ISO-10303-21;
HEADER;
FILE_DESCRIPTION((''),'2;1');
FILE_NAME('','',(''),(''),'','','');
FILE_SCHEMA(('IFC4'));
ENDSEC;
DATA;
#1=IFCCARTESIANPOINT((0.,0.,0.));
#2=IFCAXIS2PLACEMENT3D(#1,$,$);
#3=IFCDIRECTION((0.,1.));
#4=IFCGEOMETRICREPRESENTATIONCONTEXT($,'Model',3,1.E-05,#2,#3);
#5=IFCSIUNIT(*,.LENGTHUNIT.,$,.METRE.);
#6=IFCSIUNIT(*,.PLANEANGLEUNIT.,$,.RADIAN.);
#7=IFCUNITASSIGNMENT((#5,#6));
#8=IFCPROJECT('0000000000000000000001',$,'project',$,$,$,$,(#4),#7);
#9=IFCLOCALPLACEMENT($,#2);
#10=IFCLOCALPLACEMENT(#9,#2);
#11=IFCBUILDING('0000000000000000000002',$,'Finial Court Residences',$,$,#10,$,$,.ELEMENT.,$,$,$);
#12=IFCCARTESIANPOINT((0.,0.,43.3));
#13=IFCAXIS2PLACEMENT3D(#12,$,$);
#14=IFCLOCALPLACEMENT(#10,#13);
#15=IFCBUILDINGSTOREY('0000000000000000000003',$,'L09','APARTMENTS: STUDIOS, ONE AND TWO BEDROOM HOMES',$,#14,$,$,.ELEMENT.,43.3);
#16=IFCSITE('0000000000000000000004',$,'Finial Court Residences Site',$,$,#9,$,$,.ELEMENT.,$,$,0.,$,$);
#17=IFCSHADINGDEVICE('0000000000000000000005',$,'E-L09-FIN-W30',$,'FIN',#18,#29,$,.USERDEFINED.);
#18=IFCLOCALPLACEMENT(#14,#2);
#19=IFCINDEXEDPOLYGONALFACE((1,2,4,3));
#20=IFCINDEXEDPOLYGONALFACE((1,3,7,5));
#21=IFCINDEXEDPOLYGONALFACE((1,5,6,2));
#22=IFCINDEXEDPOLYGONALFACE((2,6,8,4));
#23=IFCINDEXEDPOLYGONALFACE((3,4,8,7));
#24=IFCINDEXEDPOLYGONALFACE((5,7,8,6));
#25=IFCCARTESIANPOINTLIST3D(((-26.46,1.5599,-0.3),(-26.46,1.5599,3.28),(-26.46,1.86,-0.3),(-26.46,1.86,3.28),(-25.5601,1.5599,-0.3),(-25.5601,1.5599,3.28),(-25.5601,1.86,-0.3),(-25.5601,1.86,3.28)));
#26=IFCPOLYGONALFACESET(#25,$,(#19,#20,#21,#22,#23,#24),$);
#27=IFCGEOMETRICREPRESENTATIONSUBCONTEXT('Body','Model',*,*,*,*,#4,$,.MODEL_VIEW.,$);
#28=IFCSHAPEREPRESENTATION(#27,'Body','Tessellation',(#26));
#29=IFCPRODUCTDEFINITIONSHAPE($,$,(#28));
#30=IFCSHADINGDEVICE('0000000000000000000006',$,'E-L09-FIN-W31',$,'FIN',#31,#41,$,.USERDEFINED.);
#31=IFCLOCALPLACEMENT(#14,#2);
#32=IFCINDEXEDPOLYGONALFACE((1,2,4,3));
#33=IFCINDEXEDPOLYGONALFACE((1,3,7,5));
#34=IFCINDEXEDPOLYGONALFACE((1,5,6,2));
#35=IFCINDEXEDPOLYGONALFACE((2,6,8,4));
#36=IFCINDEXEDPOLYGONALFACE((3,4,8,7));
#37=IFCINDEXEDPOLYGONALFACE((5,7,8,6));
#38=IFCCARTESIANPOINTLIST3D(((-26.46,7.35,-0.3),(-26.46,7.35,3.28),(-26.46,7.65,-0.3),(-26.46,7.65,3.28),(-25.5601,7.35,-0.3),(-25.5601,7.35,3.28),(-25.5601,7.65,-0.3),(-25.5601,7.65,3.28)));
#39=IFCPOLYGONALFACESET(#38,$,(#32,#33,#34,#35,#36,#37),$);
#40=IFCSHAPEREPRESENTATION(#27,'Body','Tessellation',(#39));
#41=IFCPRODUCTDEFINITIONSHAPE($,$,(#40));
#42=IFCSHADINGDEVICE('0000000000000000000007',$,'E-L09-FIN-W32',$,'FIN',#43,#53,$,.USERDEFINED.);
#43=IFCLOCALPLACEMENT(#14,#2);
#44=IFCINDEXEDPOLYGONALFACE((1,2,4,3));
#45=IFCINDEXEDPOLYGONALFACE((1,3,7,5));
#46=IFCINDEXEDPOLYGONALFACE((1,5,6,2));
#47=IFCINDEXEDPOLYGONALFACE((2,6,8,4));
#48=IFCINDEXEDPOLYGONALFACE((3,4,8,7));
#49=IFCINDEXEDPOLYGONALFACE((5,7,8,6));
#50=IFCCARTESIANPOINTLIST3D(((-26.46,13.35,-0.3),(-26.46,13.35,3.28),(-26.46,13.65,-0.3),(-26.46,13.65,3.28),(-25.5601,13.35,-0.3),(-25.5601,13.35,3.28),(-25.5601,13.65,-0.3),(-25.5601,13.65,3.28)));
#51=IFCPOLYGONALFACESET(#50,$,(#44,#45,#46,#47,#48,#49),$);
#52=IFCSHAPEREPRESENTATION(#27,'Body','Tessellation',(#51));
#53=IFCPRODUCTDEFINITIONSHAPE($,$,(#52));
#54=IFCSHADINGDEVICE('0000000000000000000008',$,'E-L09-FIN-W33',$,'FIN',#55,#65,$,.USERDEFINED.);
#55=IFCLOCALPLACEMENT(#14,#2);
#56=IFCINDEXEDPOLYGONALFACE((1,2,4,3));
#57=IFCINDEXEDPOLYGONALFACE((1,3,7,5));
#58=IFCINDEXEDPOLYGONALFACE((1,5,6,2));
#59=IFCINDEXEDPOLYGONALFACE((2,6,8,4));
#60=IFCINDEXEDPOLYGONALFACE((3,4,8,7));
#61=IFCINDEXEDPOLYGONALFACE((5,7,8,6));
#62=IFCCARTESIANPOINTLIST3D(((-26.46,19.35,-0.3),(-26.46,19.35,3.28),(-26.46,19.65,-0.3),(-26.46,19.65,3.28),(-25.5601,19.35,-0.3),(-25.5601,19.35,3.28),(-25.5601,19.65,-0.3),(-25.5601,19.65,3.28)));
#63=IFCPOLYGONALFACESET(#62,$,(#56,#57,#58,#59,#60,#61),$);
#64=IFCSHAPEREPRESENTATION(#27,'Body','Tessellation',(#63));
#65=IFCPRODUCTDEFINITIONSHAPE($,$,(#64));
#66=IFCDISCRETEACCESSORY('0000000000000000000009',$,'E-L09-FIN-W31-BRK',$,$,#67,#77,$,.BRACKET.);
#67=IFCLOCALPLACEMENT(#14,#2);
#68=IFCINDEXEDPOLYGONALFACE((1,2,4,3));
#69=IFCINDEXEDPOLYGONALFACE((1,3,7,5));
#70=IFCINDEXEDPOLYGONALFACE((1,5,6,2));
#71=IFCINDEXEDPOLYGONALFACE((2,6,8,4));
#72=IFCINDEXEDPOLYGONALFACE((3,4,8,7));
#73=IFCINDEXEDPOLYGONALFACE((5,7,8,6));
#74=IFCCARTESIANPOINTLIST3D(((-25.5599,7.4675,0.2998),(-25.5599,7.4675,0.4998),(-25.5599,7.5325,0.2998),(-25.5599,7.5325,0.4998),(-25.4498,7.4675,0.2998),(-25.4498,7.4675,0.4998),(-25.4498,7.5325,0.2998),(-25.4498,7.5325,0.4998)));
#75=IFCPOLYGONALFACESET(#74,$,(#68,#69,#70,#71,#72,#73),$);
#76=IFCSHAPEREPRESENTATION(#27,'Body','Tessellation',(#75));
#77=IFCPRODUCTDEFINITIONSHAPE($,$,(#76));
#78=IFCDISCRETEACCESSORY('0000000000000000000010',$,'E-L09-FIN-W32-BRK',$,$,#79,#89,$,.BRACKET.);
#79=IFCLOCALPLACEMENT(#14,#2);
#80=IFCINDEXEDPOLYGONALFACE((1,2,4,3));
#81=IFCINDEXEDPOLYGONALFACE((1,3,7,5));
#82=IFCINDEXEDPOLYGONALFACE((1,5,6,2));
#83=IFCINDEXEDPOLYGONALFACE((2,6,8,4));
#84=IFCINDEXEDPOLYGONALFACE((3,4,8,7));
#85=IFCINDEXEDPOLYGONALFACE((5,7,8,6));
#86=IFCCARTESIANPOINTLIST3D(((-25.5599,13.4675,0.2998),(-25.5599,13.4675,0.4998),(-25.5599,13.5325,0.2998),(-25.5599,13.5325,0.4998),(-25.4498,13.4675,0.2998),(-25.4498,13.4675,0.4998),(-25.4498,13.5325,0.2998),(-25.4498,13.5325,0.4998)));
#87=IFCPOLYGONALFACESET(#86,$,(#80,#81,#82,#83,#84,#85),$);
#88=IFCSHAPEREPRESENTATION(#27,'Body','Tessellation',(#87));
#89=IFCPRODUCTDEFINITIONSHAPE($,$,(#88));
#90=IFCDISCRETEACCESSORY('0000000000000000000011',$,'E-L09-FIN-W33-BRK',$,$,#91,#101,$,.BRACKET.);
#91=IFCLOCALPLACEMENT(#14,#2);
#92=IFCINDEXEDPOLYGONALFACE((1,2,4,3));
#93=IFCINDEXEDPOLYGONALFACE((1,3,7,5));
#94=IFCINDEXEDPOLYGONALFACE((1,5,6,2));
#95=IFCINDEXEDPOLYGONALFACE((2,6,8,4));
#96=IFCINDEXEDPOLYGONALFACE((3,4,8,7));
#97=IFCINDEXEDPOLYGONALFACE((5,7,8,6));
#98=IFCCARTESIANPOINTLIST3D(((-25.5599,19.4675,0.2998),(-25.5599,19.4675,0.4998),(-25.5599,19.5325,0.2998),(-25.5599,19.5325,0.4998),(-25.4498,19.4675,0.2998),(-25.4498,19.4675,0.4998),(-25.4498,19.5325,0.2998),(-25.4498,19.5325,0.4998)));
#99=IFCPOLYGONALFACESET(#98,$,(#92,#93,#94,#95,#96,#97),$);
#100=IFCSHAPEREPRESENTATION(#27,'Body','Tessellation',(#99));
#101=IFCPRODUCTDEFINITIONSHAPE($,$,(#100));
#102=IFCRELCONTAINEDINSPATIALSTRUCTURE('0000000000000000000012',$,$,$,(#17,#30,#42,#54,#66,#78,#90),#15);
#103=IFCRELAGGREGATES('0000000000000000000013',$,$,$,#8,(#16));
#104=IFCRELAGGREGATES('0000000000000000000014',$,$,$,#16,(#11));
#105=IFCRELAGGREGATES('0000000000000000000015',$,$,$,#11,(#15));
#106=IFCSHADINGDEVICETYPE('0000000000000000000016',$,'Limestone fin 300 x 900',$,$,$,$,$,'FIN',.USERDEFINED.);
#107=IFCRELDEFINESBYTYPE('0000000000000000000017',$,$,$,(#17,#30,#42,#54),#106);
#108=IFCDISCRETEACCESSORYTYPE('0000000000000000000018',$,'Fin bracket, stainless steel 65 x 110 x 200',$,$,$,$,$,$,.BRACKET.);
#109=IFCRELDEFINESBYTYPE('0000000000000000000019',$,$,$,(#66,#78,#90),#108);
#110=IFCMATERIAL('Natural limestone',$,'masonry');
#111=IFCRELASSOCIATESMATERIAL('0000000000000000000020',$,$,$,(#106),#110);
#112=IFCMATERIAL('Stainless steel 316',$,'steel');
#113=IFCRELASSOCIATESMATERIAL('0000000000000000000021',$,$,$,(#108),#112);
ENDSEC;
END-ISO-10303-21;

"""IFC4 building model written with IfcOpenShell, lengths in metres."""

from ifc_helpers import new_model, si_unit, direction, frame, origin, origin_2d, place, context, subcontext, project, spatial, rectangle, extrude, material, type_object, element, save


model = new_model("IFC4")

# Units and contexts
model_context = context("Model", 3, precision=1e-05, world=origin(), true_north=direction((0.0, 1.0)))
body_context = subcontext(model_context, "Body", "Model", "MODEL_VIEW")
ifc_project = project(units=[si_unit("LENGTHUNIT", "METRE"), si_unit("PLANEANGLEUNIT", "RADIAN")], contexts=[model_context])

# Site, building, storey
site_placement = place(None, origin())
site = spatial("IfcSite", under=ifc_project, at=site_placement, Name="Finial Court Residences Site", CompositionType="ELEMENT", RefElevation=0.0)
building_placement = place(site_placement, origin())
building = spatial("IfcBuilding", under=site, at=building_placement, Name="Finial Court Residences", CompositionType="ELEMENT")
storey_placement = place(building_placement, frame((0.0, 0.0, 43.3)))
storey = spatial("IfcBuildingStorey", under=building, at=storey_placement, Name="L09", Description="APARTMENTS: STUDIOS, ONE AND TWO BEDROOM HOMES", CompositionType="ELEMENT", Elevation=43.3)

# Shading devices
ifc_material_1 = material(Name="Natural limestone", Category="masonry")
shading_device_type = type_object("IfcShadingDeviceType", Name="Limestone fin 300 x 900", ElementType="FIN", PredefinedType="USERDEFINED", material=ifc_material_1)
for number, where, z_axis, x_axis, name in (
    (1, (-26.01, 1.71, -0.3), (0.0, 0.0, 1.0), (1.0, 0.0, 0.0), "E-L09-FIN-W30"),
    (2, (-26.01, 7.5, -0.3), (0.0, 0.0, 1.0), (1.0, 0.0, 0.0), "E-L09-FIN-W31"),
    (3, (-26.01, 13.5, -0.3), (0.0, 0.0, 1.0), (1.0, 0.0, 0.0), "E-L09-FIN-W32"),
    (4, (-26.01, 19.5, -0.3), (0.0, 0.0, 1.0), (1.0, 0.0, 0.0), "E-L09-FIN-W33"),
):
    element("IfcShadingDevice", number, at=place(storey_placement, frame(where, z_axis=z_axis, x_axis=x_axis)), inside=storey, type_object=shading_device_type, Name=name, ObjectType="FIN", PredefinedType="USERDEFINED", context=body_context, shape_type="SweptSolid", body=[
        extrude(rectangle(XDim=0.8999, YDim=0.3, at=origin_2d()), origin(), (0.0, 0.0, 1.0), 3.5801),
    ])

# Discrete accessories
ifc_material_2 = material(Name="Stainless steel 316", Category="steel")
discrete_accessory_type = type_object("IfcDiscreteAccessoryType", Name="Fin bracket, stainless steel 65 x 110 x 200", PredefinedType="BRACKET", material=ifc_material_2)
for number, where, z_axis, x_axis, name in (
    (5, (-25.5049, 7.5, 0.2998), (0.0, 0.0, 1.0), (1.0, 0.0, 0.0), "E-L09-FIN-W31-BRK"),
    (6, (-25.5049, 13.5, 0.2998), (0.0, 0.0, 1.0), (1.0, 0.0, 0.0), "E-L09-FIN-W32-BRK"),
    (7, (-25.5049, 19.5, 0.2998), (0.0, 0.0, 1.0), (1.0, 0.0, 0.0), "E-L09-FIN-W33-BRK"),
):
    element("IfcDiscreteAccessory", number, at=place(storey_placement, frame(where, z_axis=z_axis, x_axis=x_axis)), inside=storey, type_object=discrete_accessory_type, Name=name, PredefinedType="BRACKET", context=body_context, shape_type="SweptSolid", body=[
        extrude(rectangle(XDim=0.1101, YDim=0.0649, at=origin_2d()), origin(), (0.0, 0.0, 1.0), 0.2),
    ])

save(model, "model.ifc")
